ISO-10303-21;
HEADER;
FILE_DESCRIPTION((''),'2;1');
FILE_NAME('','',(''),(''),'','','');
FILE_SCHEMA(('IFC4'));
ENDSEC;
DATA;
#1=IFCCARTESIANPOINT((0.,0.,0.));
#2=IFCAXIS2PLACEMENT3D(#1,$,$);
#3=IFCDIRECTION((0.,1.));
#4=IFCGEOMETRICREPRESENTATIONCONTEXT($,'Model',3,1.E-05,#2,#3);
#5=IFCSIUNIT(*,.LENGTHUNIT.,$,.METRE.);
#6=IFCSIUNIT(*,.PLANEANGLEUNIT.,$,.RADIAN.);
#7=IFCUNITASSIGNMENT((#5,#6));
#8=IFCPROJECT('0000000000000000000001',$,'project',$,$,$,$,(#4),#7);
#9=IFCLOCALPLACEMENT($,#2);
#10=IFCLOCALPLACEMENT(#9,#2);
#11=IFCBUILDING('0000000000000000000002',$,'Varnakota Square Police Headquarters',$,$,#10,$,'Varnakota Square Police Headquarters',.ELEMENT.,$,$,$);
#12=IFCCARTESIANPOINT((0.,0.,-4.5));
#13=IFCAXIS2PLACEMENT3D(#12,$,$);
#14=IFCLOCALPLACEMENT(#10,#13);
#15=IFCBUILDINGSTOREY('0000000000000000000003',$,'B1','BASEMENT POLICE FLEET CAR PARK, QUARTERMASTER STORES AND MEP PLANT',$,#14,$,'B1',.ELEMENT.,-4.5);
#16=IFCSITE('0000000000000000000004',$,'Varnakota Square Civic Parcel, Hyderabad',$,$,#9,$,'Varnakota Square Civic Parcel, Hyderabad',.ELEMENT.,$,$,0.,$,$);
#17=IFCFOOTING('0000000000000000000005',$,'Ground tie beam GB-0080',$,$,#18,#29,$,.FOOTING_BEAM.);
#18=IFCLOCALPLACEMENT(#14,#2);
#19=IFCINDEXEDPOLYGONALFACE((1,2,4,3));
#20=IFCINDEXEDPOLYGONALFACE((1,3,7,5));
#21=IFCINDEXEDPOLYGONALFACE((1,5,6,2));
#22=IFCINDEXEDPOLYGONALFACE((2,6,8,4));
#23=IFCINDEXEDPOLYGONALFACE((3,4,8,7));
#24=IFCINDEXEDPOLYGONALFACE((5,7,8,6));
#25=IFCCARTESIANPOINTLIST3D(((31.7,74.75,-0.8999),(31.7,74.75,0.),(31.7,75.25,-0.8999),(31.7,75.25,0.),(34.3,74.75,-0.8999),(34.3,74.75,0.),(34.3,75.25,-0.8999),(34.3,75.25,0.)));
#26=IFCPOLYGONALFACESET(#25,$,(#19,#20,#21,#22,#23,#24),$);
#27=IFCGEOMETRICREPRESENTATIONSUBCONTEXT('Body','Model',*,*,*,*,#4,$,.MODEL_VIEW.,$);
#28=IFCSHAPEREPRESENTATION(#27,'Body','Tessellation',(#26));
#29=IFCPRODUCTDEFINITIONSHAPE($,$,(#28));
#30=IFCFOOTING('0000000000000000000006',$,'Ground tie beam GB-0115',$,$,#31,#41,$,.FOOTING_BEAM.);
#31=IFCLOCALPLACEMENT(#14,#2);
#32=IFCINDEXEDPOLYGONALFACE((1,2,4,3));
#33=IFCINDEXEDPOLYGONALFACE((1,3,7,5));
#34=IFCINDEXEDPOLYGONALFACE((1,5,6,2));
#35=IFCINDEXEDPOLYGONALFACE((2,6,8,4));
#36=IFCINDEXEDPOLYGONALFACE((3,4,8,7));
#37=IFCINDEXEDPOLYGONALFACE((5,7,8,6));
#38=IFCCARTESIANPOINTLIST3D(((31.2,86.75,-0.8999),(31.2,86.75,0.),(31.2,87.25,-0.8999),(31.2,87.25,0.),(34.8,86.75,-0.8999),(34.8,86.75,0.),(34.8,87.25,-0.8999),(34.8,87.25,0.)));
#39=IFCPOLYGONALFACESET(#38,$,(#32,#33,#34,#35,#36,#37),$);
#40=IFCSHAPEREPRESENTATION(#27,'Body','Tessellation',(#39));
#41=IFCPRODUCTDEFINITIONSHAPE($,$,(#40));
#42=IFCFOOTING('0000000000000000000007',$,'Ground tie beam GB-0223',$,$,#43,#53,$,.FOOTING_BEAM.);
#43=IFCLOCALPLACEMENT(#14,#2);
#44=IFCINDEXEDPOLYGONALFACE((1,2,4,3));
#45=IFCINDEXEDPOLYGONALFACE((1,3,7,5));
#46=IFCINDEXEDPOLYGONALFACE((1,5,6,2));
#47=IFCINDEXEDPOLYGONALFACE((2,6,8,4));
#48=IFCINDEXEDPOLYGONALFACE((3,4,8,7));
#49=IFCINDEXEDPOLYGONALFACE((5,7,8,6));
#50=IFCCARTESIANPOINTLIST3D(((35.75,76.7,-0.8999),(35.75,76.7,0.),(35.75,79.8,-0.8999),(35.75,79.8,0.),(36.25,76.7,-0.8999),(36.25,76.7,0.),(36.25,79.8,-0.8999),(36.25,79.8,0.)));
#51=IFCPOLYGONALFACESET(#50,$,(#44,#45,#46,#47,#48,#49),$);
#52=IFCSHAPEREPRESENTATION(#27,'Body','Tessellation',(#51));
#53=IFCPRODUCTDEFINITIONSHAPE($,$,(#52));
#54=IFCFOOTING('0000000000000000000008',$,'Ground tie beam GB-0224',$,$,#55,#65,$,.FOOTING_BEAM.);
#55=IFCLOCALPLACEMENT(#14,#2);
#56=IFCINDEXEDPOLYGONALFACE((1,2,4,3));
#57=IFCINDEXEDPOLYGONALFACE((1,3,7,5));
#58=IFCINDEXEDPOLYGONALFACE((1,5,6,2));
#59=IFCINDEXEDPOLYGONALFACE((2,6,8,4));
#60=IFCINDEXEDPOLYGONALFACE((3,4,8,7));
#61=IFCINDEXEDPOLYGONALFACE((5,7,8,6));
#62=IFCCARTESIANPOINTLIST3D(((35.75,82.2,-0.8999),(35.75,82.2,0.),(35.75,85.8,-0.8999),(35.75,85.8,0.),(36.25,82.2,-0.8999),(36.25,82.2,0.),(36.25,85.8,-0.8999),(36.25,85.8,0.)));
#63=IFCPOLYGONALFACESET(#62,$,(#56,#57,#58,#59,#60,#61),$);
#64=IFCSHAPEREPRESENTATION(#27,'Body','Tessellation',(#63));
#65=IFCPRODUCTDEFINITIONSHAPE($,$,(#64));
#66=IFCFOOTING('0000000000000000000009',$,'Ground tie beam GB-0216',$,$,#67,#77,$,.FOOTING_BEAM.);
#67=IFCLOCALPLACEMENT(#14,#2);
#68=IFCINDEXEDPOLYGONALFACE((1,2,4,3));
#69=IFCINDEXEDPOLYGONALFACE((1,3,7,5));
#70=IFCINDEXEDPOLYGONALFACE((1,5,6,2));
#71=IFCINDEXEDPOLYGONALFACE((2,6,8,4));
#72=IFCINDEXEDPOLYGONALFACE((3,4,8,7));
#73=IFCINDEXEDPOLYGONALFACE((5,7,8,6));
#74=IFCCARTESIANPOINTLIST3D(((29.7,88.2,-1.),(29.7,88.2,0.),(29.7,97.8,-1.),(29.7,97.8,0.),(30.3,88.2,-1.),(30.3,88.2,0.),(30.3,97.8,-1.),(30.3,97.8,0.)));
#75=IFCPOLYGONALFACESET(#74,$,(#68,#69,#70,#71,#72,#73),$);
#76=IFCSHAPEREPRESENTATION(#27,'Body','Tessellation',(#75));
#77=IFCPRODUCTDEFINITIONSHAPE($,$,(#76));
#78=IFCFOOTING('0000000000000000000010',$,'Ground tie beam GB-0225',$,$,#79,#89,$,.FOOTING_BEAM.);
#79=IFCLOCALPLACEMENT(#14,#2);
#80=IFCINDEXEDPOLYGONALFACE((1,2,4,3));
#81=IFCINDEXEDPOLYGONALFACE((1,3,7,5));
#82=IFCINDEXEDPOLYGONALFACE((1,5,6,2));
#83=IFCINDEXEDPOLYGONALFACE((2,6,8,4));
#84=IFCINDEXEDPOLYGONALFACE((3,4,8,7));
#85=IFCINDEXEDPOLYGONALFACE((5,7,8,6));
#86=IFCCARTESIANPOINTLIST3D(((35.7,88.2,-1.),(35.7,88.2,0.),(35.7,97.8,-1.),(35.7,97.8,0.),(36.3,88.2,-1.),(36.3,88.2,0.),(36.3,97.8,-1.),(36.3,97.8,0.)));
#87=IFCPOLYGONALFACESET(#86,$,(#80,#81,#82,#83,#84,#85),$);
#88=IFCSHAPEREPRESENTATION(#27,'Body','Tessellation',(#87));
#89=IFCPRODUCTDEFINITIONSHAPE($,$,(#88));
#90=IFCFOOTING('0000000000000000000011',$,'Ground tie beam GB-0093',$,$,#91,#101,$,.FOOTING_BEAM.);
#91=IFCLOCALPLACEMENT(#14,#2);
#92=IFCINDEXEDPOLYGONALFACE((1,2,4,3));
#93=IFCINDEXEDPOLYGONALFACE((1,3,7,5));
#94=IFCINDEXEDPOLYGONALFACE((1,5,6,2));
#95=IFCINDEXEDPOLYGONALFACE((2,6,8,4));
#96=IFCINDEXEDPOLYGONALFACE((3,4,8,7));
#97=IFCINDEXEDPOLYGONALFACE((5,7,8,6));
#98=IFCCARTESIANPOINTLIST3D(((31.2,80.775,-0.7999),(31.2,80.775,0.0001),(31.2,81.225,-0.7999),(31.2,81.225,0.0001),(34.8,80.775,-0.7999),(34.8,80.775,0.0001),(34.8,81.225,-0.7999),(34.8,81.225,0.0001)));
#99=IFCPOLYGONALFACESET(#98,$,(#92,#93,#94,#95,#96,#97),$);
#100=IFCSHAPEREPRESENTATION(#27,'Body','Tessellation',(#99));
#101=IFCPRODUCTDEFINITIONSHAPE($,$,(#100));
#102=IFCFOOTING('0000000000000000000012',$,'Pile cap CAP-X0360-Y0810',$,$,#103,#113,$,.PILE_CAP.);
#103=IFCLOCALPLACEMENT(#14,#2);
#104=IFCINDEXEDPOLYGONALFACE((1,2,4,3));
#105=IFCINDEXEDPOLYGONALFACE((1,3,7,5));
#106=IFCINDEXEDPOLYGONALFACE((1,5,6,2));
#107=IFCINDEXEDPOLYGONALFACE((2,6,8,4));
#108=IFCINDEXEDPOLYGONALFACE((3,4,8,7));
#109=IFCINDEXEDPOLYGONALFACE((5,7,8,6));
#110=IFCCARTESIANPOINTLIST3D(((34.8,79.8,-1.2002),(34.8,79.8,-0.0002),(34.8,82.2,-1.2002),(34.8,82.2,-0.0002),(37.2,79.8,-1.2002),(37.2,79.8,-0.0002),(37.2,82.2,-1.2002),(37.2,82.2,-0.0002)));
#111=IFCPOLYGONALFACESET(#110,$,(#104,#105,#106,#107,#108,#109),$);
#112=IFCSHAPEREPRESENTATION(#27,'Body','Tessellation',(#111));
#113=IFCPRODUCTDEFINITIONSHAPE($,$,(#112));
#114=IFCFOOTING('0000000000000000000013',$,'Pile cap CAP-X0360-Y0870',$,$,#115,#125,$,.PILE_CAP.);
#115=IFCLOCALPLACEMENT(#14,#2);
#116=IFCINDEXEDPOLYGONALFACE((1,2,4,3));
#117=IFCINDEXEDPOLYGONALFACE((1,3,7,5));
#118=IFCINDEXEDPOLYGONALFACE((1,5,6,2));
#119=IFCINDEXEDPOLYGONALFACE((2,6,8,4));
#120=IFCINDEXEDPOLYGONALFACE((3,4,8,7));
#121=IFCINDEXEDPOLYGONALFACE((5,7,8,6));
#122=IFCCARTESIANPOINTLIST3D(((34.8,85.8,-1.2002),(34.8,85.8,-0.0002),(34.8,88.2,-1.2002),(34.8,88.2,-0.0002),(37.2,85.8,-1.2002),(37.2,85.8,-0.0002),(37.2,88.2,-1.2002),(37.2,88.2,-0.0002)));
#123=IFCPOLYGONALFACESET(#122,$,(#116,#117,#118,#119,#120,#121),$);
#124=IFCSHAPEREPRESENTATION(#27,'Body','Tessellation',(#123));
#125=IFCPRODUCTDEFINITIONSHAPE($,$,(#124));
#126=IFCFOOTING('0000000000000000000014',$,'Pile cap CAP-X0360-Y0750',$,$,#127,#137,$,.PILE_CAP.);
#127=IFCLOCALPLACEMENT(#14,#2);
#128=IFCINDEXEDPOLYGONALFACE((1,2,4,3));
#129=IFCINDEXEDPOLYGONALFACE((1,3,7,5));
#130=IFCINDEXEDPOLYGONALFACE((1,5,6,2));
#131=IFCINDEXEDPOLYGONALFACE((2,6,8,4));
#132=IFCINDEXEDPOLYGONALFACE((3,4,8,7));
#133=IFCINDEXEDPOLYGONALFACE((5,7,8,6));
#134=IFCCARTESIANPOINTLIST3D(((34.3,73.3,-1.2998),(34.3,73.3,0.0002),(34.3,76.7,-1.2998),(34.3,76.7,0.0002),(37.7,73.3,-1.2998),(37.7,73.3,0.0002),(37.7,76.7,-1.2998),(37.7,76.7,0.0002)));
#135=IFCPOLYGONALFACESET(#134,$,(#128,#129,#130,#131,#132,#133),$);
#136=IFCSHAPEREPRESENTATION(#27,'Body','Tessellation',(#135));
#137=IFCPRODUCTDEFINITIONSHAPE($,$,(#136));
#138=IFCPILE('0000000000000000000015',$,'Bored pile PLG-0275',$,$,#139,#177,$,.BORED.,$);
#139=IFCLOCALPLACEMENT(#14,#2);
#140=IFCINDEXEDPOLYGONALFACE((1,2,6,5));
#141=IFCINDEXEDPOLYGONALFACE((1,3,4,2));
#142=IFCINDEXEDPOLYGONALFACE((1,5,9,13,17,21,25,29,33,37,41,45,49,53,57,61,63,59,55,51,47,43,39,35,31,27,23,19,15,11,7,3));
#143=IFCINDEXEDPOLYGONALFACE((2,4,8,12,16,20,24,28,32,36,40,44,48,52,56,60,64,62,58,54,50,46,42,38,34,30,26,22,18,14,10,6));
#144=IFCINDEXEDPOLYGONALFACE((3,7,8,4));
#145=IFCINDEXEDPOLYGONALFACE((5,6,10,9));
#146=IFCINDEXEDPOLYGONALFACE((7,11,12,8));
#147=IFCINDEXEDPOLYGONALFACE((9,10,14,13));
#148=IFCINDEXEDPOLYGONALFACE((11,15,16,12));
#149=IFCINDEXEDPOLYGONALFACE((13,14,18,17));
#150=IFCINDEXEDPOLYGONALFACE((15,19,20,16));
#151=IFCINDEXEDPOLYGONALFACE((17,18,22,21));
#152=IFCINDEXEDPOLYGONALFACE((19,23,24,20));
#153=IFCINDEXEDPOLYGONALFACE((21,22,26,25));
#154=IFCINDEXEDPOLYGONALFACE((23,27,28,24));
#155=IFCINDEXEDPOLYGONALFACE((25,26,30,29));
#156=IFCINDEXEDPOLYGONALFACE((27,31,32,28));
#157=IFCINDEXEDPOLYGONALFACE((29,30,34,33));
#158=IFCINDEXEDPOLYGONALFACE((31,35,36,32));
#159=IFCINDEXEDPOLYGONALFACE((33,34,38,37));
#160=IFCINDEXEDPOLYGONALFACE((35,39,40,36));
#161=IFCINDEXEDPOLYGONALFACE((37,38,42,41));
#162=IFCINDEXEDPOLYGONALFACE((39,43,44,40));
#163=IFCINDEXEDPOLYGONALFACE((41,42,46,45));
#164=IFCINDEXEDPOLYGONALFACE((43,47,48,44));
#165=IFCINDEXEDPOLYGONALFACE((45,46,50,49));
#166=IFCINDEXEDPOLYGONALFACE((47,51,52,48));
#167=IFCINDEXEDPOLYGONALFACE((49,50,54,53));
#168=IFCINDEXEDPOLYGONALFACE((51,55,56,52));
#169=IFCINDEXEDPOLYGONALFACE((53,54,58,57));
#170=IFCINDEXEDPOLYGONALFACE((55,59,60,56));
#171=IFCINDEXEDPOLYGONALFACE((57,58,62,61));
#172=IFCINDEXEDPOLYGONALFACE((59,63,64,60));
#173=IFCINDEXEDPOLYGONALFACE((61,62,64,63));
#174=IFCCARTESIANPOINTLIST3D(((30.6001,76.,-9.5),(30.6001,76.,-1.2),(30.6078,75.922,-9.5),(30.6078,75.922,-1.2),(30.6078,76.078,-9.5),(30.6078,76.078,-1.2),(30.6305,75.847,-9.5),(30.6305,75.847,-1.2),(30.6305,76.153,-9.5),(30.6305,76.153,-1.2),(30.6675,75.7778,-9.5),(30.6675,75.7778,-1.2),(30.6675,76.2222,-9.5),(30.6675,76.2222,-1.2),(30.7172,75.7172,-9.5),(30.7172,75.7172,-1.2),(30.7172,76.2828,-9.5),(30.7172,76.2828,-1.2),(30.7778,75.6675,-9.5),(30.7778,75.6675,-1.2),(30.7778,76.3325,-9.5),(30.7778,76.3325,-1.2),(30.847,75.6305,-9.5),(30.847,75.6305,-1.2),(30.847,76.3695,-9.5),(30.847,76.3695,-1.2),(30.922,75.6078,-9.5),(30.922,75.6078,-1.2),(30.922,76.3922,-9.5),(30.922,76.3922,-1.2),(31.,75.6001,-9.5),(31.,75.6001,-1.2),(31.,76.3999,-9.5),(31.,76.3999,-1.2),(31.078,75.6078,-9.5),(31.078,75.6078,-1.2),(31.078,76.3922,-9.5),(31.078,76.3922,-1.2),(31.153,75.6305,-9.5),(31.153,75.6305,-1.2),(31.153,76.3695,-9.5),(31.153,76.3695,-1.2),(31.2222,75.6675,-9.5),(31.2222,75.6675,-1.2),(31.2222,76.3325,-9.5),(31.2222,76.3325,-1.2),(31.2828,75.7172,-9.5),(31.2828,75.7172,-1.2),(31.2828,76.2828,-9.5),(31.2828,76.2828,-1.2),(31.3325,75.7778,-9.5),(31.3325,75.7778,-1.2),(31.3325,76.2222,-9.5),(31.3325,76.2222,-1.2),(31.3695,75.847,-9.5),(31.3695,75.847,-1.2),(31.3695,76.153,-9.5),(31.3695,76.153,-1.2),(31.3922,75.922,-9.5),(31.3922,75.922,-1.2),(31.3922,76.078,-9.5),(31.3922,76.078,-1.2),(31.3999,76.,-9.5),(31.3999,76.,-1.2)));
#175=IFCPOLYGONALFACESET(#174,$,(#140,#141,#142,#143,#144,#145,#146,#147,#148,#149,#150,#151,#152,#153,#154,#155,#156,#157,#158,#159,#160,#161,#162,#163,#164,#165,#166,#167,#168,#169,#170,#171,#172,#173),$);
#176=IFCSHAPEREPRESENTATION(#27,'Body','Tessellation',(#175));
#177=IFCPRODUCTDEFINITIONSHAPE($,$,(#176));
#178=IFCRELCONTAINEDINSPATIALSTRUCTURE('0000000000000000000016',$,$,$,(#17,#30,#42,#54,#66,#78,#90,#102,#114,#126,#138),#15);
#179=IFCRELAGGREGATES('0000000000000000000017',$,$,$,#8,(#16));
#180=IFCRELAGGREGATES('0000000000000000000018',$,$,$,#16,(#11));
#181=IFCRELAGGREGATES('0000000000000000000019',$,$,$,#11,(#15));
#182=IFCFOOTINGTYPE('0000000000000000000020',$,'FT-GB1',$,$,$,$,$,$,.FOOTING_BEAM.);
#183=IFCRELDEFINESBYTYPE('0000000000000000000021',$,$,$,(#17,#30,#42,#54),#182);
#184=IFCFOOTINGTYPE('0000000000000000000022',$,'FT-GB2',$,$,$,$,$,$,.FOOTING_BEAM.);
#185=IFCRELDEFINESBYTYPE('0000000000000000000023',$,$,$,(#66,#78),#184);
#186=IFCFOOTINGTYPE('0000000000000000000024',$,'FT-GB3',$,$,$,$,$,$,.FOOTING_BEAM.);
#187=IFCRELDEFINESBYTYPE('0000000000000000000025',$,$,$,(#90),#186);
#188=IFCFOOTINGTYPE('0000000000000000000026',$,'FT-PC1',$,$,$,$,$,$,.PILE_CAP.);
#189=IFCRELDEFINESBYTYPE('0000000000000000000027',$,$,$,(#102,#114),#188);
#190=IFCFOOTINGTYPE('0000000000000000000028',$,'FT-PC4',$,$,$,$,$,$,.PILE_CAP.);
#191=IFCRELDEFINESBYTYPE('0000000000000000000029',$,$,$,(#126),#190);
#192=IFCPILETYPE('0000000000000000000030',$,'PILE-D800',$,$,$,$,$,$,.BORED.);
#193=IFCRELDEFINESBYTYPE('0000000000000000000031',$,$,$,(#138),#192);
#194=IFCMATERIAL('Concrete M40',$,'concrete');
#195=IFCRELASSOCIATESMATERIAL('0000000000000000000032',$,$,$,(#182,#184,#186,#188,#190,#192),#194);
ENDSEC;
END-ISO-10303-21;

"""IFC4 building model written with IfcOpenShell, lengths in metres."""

from ifc_helpers import new_model, si_unit, direction, frame, origin, origin_2d, place, context, subcontext, project, spatial, rectangle, circle, extrude, material, material_profile, profile_set, type_object, element, save


model = new_model("IFC4")

# Units and contexts
model_context = context("Model", 3, precision=1e-05, world=origin(), true_north=direction((0.0, 1.0)))
body_context = subcontext(model_context, "Body", "Model", "MODEL_VIEW")
ifc_project = project(units=[si_unit("LENGTHUNIT", "METRE"), si_unit("PLANEANGLEUNIT", "RADIAN")], contexts=[model_context])

# Site, building, storey
site_placement = place(None, origin())
site = spatial("IfcSite", under=ifc_project, at=site_placement, Name="Varnakota Square Civic Parcel, Hyderabad", LongName="Varnakota Square Civic Parcel, Hyderabad", CompositionType="ELEMENT", RefElevation=0.0)
building_placement = place(site_placement, origin())
building = spatial("IfcBuilding", under=site, at=building_placement, Name="Varnakota Square Police Headquarters", LongName="Varnakota Square Police Headquarters", CompositionType="ELEMENT")
storey_placement = place(building_placement, frame((0.0, 0.0, -4.5)))
storey = spatial("IfcBuildingStorey", under=building, at=storey_placement, Name="B1", Description="BASEMENT POLICE FLEET CAR PARK, QUARTERMASTER STORES AND MEP PLANT", LongName="B1", CompositionType="ELEMENT", Elevation=-4.5)

# Footings
ifc_material_1 = material(Name="Concrete M40", Category="concrete")
ifc_material_profile_1 = material_profile(ifc_material_1, rectangle(XDim=0.5, YDim=0.8999, at=origin_2d()), Name="GB 500x900")
ifc_profile_set_1 = profile_set([ifc_material_profile_1], Name="Concrete M40")
footing_type_1 = type_object("IfcFootingType", Name="FT-GB1", PredefinedType="FOOTING_BEAM", material=ifc_profile_set_1)
footing_1_placement = place(storey_placement, frame((31.7, 75.0, -0.45), z_axis=(1.0, 0.0, 0.0), x_axis=(0.0, 1.0, 0.0)))
element("IfcFooting", 1, at=footing_1_placement, inside=storey, type_object=footing_type_1, Name="Ground tie beam GB-0080", PredefinedType="FOOTING_BEAM", context=body_context, shape_type="SweptSolid", body=[
    extrude(rectangle(XDim=0.5, YDim=0.8999, at=origin_2d()), origin(), (0.0, 0.0, 1.0), 2.6001),
])
footing_2_placement = place(storey_placement, frame((31.2, 87.0, -0.45), z_axis=(1.0, 0.0, 0.0), x_axis=(0.0, 1.0, 0.0)))
element("IfcFooting", 2, at=footing_2_placement, inside=storey, type_object=footing_type_1, Name="Ground tie beam GB-0115", PredefinedType="FOOTING_BEAM", context=body_context, shape_type="SweptSolid", body=[
    extrude(rectangle(XDim=0.5, YDim=0.8999, at=origin_2d()), origin(), (0.0, 0.0, 1.0), 3.6001),
])
footing_3_placement = place(storey_placement, frame((36.0, 76.7, -0.45), z_axis=(0.0, 1.0, 0.0), x_axis=(-1.0, 0.0, 0.0)))
element("IfcFooting", 3, at=footing_3_placement, inside=storey, type_object=footing_type_1, Name="Ground tie beam GB-0223", PredefinedType="FOOTING_BEAM", context=body_context, shape_type="SweptSolid", body=[
    extrude(rectangle(XDim=0.5, YDim=0.8999, at=origin_2d()), origin(), (0.0, 0.0, 1.0), 3.1001),
])
footing_4_placement = place(storey_placement, frame((36.0, 82.2, -0.45), z_axis=(0.0, 1.0, 0.0), x_axis=(-1.0, 0.0, 0.0)))
element("IfcFooting", 4, at=footing_4_placement, inside=storey, type_object=footing_type_1, Name="Ground tie beam GB-0224", PredefinedType="FOOTING_BEAM", context=body_context, shape_type="SweptSolid", body=[
    extrude(rectangle(XDim=0.5, YDim=0.8999, at=origin_2d()), origin(), (0.0, 0.0, 1.0), 3.6001),
])
ifc_material_profile_2 = material_profile(ifc_material_1, rectangle(XDim=0.6001, YDim=1.0, at=origin_2d()), Name="GB 600x1000")
ifc_profile_set_2 = profile_set([ifc_material_profile_2], Name="Concrete M40")
footing_type_2 = type_object("IfcFootingType", Name="FT-GB2", PredefinedType="FOOTING_BEAM", material=ifc_profile_set_2)
for number, where, z_axis, x_axis, name in (
    (5, (30.0, 88.2, -0.5), (0.0, 1.0, 0.0), (-1.0, 0.0, 0.0), "Ground tie beam GB-0216"),
    (6, (36.0, 88.2, -0.5), (0.0, 1.0, 0.0), (-1.0, 0.0, 0.0), "Ground tie beam GB-0225"),
):
    element("IfcFooting", number, at=place(storey_placement, frame(where, z_axis=z_axis, x_axis=x_axis)), inside=storey, type_object=footing_type_2, Name=name, PredefinedType="FOOTING_BEAM", context=body_context, shape_type="SweptSolid", body=[
        extrude(rectangle(XDim=0.6001, YDim=1.0, at=origin_2d()), origin(), (0.0, 0.0, 1.0), 9.6001),
    ])
ifc_material_profile_3 = material_profile(ifc_material_1, rectangle(XDim=0.45, YDim=0.8, at=origin_2d()), Name="GB 450x800")
ifc_profile_set_3 = profile_set([ifc_material_profile_3], Name="Concrete M40")
footing_type_3 = type_object("IfcFootingType", Name="FT-GB3", PredefinedType="FOOTING_BEAM", material=ifc_profile_set_3)
footing_5_placement = place(storey_placement, frame((31.2, 81.0, -0.3999), z_axis=(1.0, 0.0, 0.0), x_axis=(0.0, 1.0, 0.0)))
element("IfcFooting", 7, at=footing_5_placement, inside=storey, type_object=footing_type_3, Name="Ground tie beam GB-0093", PredefinedType="FOOTING_BEAM", context=body_context, shape_type="SweptSolid", body=[
    extrude(rectangle(XDim=0.45, YDim=0.8, at=origin_2d()), origin(), (0.0, 0.0, 1.0), 3.6001),
])
footing_type_4 = type_object("IfcFootingType", Name="FT-PC1", PredefinedType="PILE_CAP", material=ifc_material_1)
for number, where, z_axis, x_axis, name in (
    (8, (36.0, 81.0, -1.2002), (0.0, 0.0, 1.0), (1.0, 0.0, 0.0), "Pile cap CAP-X0360-Y0810"),
    (9, (36.0, 87.0, -1.2002), (0.0, 0.0, 1.0), (1.0, 0.0, 0.0), "Pile cap CAP-X0360-Y0870"),
):
    element("IfcFooting", number, at=place(storey_placement, frame(where, z_axis=z_axis, x_axis=x_axis)), inside=storey, type_object=footing_type_4, Name=name, PredefinedType="PILE_CAP", context=body_context, shape_type="SweptSolid", body=[
        extrude(rectangle(XDim=2.3999, YDim=2.3999, at=origin_2d()), origin(), (0.0, 0.0, 1.0), 1.2),
    ])
footing_type_5 = type_object("IfcFootingType", Name="FT-PC4", PredefinedType="PILE_CAP", material=ifc_material_1)
footing_6_placement = place(storey_placement, frame((36.0, 75.0, -1.2998), z_axis=(0.0, 0.0, 1.0), x_axis=(1.0, 0.0, 0.0)))
element("IfcFooting", 10, at=footing_6_placement, inside=storey, type_object=footing_type_5, Name="Pile cap CAP-X0360-Y0750", PredefinedType="PILE_CAP", context=body_context, shape_type="SweptSolid", body=[
    extrude(rectangle(XDim=3.3999, YDim=3.3999, at=origin_2d()), origin(), (0.0, 0.0, 1.0), 1.3),
])

# Pile
ifc_material_profile_4 = material_profile(ifc_material_1, circle(Radius=0.3999, at=origin_2d()), Name="BORED PILE 800")
ifc_profile_set_4 = profile_set([ifc_material_profile_4], Name="Concrete M40")
pile_type = type_object("IfcPileType", Name="PILE-D800", PredefinedType="BORED", material=ifc_profile_set_4)
for number, where, z_axis, x_axis, name in (
    (11, (31.0, 76.0, -1.2), (0.0, 0.0, -1.0), (1.0, 0.0, 0.0), "Bored pile PLG-0275"),
):
    element("IfcPile", number, at=place(storey_placement, frame(where, z_axis=z_axis, x_axis=x_axis)), inside=storey, type_object=pile_type, Name=name, PredefinedType="BORED", context=body_context, shape_type="SweptSolid", body=[
        extrude(circle(Radius=0.3999, at=origin_2d()), origin(), (0.0, 0.0, 1.0), 8.3),
    ])

save(model, "model.ifc")
